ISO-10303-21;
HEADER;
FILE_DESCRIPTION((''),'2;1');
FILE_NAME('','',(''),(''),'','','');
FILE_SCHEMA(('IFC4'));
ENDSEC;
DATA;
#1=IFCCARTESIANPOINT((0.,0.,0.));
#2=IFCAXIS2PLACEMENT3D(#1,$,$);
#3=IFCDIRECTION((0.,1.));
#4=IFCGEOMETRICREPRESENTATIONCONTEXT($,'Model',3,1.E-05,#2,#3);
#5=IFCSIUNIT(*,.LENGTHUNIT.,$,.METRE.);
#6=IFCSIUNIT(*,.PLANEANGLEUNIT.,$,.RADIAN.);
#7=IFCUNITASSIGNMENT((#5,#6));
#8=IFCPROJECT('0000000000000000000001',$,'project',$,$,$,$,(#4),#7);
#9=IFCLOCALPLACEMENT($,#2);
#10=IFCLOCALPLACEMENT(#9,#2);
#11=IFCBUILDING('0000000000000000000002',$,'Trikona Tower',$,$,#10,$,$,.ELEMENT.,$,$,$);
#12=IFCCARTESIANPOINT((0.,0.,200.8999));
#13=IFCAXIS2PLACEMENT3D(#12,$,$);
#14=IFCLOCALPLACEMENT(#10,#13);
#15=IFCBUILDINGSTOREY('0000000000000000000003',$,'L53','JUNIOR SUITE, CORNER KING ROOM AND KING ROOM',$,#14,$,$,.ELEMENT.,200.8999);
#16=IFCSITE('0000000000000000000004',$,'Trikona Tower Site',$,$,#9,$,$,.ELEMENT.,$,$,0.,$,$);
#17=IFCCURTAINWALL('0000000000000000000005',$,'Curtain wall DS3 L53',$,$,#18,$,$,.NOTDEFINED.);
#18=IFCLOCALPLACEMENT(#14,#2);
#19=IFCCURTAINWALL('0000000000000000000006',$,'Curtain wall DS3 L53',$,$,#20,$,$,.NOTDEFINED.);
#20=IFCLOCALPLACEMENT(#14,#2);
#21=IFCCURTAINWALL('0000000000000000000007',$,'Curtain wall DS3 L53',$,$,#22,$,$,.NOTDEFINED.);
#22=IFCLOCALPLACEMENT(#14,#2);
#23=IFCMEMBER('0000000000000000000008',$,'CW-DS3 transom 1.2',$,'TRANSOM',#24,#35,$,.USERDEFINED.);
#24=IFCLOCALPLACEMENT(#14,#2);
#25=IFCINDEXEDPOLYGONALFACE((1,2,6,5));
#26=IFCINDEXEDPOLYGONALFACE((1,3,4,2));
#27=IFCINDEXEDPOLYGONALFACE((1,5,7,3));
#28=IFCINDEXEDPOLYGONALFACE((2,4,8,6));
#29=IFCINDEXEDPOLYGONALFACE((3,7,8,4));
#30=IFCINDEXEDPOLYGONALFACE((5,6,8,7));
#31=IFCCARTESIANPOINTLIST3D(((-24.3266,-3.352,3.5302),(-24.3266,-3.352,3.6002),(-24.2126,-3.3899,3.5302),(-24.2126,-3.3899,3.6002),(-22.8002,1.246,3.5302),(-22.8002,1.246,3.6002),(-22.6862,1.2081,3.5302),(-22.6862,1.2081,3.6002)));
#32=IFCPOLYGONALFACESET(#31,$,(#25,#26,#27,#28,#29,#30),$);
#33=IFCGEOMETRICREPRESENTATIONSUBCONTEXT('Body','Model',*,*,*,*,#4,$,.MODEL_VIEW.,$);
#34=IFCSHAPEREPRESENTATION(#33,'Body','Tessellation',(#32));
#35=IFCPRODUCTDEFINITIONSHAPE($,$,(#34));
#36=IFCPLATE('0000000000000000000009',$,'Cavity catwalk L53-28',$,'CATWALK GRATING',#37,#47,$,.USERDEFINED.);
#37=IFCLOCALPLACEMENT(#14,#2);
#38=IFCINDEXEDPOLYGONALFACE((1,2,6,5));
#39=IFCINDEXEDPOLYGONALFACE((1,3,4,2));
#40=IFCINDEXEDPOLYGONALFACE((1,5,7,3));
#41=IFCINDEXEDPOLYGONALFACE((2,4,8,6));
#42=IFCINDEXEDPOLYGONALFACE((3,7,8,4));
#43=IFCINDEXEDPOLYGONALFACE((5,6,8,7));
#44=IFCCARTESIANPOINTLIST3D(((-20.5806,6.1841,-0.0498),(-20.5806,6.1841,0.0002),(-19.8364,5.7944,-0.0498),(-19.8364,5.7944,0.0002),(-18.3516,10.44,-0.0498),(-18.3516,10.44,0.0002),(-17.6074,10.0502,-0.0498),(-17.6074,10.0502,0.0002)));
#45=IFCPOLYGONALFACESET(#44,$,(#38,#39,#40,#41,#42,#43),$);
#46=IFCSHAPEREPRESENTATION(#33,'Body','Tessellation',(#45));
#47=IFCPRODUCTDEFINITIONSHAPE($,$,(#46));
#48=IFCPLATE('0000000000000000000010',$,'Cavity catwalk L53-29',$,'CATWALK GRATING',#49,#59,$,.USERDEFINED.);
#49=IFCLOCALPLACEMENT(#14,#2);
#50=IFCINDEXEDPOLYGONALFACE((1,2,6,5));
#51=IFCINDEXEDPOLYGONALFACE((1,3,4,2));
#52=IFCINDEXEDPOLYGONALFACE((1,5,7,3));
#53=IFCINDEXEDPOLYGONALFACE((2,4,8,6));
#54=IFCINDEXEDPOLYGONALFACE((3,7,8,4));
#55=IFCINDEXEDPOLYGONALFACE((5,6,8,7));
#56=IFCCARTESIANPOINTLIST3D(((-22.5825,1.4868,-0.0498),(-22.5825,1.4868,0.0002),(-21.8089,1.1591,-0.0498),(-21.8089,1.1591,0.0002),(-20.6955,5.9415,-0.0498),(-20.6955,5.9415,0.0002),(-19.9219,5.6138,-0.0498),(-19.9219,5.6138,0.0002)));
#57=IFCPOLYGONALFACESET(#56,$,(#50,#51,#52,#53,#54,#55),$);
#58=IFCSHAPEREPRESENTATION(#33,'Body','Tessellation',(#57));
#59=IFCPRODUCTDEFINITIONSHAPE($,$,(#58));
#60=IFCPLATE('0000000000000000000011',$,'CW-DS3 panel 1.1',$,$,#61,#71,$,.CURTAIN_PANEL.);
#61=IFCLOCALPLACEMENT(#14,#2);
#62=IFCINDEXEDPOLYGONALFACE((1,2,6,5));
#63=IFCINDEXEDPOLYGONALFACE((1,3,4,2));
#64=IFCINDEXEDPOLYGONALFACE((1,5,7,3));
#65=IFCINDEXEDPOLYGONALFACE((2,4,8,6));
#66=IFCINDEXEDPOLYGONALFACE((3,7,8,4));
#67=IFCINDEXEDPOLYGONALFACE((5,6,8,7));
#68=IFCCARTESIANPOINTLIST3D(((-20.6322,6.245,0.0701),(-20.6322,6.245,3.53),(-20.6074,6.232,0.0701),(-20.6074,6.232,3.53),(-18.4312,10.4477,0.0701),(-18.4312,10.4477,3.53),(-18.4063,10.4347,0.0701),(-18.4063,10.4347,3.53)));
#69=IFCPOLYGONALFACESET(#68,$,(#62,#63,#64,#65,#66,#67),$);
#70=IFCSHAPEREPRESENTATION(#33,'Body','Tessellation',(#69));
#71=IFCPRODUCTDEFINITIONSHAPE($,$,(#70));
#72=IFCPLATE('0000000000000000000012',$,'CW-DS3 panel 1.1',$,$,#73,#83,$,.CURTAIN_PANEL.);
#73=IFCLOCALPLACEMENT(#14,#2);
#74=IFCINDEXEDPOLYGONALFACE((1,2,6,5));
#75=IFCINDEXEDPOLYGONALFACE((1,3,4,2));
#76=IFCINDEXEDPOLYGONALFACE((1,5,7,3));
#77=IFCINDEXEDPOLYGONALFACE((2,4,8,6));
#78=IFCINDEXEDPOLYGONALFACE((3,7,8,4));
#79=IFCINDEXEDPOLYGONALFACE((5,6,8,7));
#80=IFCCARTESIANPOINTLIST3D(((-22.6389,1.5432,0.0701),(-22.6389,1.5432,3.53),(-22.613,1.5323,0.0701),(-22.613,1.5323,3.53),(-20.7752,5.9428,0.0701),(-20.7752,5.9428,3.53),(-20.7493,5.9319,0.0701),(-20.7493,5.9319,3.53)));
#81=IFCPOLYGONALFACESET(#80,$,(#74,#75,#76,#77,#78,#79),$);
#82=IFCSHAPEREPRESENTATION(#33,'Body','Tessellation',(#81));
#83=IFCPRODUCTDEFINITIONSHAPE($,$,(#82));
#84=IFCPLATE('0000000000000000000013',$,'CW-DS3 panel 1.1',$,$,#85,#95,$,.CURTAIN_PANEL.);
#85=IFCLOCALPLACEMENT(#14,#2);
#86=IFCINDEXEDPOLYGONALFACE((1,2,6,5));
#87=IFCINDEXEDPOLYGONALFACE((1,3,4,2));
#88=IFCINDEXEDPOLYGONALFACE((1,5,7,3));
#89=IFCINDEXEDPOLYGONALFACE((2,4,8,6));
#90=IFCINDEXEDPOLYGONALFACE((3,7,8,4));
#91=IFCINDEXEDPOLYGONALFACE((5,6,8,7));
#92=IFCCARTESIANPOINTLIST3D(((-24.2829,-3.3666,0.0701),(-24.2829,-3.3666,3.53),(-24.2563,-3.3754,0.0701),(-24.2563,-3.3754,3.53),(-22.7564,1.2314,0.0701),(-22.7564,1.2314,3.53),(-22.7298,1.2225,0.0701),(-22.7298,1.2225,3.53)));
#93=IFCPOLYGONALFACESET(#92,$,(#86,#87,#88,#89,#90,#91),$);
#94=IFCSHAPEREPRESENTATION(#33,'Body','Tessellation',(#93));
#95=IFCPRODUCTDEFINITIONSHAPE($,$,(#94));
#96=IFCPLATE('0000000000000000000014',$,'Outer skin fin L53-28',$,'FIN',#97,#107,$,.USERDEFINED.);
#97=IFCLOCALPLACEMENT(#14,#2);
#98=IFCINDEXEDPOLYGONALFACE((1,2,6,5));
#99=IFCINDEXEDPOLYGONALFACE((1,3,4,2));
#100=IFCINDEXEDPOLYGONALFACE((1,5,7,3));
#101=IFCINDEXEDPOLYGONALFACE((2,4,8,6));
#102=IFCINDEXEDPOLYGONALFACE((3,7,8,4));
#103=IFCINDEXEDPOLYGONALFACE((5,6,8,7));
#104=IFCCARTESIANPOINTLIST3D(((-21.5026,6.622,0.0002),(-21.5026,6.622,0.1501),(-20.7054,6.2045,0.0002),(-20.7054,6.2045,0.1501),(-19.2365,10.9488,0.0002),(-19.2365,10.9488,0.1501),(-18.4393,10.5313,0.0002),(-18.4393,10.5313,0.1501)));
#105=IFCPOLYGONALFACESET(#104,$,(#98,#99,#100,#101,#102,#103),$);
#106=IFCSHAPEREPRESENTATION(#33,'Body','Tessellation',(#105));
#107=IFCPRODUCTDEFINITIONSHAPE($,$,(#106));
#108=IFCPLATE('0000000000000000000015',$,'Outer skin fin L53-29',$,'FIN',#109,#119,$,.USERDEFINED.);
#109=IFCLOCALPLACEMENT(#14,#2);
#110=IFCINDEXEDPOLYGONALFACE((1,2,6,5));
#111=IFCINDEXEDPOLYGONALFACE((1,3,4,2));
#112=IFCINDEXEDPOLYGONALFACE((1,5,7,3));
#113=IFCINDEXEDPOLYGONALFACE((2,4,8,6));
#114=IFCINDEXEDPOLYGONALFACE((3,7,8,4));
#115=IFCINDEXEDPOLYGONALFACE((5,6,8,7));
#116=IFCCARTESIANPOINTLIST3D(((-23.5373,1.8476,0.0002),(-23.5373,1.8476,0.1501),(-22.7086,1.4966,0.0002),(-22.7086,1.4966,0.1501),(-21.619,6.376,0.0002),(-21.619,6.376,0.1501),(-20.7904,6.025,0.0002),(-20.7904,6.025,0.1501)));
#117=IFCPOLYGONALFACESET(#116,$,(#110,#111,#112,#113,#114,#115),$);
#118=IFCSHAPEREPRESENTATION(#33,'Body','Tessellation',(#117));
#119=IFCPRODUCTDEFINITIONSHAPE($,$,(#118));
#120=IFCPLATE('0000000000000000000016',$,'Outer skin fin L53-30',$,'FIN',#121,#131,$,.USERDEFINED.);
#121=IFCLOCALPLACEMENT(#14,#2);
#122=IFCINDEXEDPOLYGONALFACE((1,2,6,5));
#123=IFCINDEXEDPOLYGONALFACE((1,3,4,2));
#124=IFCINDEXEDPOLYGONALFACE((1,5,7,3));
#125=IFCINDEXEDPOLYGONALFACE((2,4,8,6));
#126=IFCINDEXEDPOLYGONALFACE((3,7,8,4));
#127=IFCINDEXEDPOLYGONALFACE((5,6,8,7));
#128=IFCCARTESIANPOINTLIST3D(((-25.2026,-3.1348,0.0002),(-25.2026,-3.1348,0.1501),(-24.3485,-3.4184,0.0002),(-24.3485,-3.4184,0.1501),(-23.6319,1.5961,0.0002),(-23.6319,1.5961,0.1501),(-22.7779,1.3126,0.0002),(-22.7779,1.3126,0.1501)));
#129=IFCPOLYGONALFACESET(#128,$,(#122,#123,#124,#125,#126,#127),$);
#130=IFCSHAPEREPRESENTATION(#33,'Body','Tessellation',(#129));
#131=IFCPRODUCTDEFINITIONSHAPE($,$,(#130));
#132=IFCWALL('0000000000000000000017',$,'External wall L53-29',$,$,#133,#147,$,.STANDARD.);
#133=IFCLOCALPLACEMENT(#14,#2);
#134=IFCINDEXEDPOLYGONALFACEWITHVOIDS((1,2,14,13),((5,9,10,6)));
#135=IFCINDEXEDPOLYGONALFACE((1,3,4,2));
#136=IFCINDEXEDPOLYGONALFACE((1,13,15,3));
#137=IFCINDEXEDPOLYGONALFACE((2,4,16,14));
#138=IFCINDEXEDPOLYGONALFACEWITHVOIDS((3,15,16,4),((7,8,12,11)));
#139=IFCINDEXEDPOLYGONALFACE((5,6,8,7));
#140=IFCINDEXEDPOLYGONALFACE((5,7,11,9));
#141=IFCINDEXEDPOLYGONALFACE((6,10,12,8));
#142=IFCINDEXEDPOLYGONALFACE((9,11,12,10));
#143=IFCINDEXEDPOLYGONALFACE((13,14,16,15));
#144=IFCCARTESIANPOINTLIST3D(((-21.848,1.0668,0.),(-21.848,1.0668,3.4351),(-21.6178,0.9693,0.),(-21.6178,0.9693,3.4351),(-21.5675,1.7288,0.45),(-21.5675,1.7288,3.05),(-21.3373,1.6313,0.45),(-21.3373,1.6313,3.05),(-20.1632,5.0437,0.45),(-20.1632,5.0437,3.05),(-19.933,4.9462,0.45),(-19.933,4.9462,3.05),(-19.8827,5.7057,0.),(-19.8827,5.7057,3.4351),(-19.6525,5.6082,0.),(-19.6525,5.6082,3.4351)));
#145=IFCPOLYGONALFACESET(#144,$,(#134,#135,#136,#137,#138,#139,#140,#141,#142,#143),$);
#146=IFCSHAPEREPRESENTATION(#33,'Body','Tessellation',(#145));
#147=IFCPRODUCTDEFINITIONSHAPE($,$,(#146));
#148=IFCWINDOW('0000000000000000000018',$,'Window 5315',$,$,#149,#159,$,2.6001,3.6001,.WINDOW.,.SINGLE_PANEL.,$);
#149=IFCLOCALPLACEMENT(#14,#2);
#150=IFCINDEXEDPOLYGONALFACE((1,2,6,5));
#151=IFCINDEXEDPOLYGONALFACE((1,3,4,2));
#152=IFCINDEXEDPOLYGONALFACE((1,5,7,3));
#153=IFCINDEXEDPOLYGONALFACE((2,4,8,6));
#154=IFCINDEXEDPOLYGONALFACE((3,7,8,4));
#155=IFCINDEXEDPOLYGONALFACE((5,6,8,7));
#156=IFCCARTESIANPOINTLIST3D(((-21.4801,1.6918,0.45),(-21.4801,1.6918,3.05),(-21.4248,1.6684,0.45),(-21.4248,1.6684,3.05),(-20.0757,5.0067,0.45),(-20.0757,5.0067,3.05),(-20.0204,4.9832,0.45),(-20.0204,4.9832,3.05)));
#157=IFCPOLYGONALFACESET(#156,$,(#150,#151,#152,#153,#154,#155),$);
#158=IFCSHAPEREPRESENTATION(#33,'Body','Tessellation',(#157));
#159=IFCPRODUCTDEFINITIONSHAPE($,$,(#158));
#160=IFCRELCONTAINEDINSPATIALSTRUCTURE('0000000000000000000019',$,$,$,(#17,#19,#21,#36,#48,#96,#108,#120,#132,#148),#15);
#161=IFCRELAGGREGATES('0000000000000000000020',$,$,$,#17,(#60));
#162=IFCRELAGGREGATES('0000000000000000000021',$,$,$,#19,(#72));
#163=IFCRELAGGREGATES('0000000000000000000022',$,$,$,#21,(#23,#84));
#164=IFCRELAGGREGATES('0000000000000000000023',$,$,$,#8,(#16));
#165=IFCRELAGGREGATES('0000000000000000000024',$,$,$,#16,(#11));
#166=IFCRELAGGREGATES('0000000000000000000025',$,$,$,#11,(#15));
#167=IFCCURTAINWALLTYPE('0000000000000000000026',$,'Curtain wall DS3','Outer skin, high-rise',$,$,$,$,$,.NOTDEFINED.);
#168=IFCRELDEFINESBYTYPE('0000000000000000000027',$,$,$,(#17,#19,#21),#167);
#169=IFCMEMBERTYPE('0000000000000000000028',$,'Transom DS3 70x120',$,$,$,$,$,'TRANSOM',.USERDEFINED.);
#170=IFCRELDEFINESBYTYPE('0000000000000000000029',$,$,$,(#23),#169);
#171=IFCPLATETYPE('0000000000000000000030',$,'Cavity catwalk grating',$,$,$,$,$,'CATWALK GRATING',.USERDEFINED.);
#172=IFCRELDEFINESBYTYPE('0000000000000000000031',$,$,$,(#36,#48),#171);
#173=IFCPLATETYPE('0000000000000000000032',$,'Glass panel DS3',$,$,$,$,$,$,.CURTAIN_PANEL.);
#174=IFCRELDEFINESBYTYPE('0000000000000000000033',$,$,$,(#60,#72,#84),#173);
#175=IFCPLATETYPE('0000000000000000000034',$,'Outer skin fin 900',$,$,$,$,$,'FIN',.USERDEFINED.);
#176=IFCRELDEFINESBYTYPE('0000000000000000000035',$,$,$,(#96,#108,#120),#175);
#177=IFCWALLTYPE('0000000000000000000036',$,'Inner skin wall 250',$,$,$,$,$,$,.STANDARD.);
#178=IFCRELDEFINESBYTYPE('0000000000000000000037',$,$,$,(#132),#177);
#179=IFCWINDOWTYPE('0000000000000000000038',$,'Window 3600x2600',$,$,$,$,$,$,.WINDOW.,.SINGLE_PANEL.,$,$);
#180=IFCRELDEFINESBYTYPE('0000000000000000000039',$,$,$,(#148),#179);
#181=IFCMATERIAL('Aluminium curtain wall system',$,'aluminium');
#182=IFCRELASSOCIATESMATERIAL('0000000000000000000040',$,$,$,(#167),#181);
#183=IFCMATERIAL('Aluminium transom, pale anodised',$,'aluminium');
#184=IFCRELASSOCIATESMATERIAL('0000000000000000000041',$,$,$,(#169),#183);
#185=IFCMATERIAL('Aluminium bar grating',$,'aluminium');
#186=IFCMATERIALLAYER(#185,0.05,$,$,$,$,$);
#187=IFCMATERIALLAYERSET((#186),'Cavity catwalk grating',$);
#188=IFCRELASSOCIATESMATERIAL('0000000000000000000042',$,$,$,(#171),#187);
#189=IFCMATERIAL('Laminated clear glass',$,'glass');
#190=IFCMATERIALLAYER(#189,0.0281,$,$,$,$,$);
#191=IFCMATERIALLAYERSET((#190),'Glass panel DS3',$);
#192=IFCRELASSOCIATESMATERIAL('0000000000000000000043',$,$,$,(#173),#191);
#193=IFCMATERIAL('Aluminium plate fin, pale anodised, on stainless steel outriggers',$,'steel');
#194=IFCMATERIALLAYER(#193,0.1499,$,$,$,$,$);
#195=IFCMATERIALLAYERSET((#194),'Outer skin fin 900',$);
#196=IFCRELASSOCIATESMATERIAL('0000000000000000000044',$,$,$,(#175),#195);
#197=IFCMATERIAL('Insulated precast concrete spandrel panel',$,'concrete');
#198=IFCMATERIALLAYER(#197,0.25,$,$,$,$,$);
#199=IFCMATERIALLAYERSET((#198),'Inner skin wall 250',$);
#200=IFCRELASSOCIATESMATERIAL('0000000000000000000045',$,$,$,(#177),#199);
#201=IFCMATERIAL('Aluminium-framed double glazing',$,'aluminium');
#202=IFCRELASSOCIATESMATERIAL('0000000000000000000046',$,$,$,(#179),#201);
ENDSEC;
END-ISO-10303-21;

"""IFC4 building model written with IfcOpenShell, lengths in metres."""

from ifc_helpers import new_model, si_unit, direction, frame, frame_2d, origin, origin_2d, place, context, subcontext, project, spatial, rectangle, extrude, material, layer, layer_set, material_profile, profile_set, type_object, element, fill, aggregate, save


model = new_model("IFC4")

# Units and contexts
model_context = context("Model", 3, precision=1e-05, world=origin(), true_north=direction((0.0, 1.0)))
body_context = subcontext(model_context, "Body", "Model", "MODEL_VIEW")
ifc_project = project(units=[si_unit("LENGTHUNIT", "METRE"), si_unit("PLANEANGLEUNIT", "RADIAN")], contexts=[model_context])

# Site, building, storey
site_placement = place(None, origin())
site = spatial("IfcSite", under=ifc_project, at=site_placement, Name="Trikona Tower Site", CompositionType="ELEMENT", RefElevation=0.0)
building_placement = place(site_placement, origin())
building = spatial("IfcBuilding", under=site, at=building_placement, Name="Trikona Tower", CompositionType="ELEMENT")
storey_placement = place(building_placement, frame((0.0, 0.0, 200.8999)))
storey = spatial("IfcBuildingStorey", under=building, at=storey_placement, Name="L53", Description="JUNIOR SUITE, CORNER KING ROOM AND KING ROOM", CompositionType="ELEMENT", Elevation=200.8999)

# Curtain walls
ifc_material_1 = material(Name="Aluminium curtain wall system", Category="aluminium")
curtain_wall_type = type_object("IfcCurtainWallType", Name="Curtain wall DS3", Description="Outer skin, high-rise", PredefinedType="NOTDEFINED", material=ifc_material_1)
curtain_wall_1_placement = place(storey_placement, origin())
curtain_wall_1 = element("IfcCurtainWall", 1, at=curtain_wall_1_placement, inside=storey, type_object=curtain_wall_type, Name="Curtain wall DS3 L53", PredefinedType="NOTDEFINED")
curtain_wall_2_placement = place(storey_placement, origin())
curtain_wall_2 = element("IfcCurtainWall", 2, at=curtain_wall_2_placement, inside=storey, type_object=curtain_wall_type, Name="Curtain wall DS3 L53", PredefinedType="NOTDEFINED")

# Curtain wall
curtain_wall_3_placement = place(storey_placement, origin())
curtain_wall_3 = element("IfcCurtainWall", 3, at=curtain_wall_3_placement, inside=storey, type_object=curtain_wall_type, Name="Curtain wall DS3 L53", PredefinedType="NOTDEFINED")

# Member
ifc_material_2 = material(Name="Aluminium transom, pale anodised", Category="aluminium")
ifc_material_profile_1 = material_profile(ifc_material_2, rectangle(XDim=0.1201, YDim=0.0701, at=origin_2d()), Name="TRN-DS3")
ifc_profile_set_1 = profile_set([ifc_material_profile_1], Name="Aluminium transom, pale anodised")
member_type_1 = type_object("IfcMemberType", Name="Transom DS3 70x120", ElementType="TRANSOM", PredefinedType="USERDEFINED", material=ifc_profile_set_1)
member_1_placement = place(storey_placement, frame((-22.7432, 1.2271, 3.5652), z_axis=(-0.315063, -0.949071, 0.0), x_axis=(0.949071, -0.315063, 0.0)))
member_1 = element("IfcMember", 4, at=member_1_placement, type_object=member_type_1, Name="CW-DS3 transom 1.2", ObjectType="TRANSOM", PredefinedType="USERDEFINED", context=body_context, shape_type="SweptSolid", body=[
    extrude(rectangle(XDim=0.1201, YDim=0.0701, at=origin_2d()), origin(), (0.0, 0.0, 1.0), 4.8447),
])

# Plates
ifc_material_3 = material(Name="Aluminium bar grating", Category="aluminium")
ifc_layer_1 = layer(ifc_material_3, 0.05)
ifc_layer_set_1 = layer_set([ifc_layer_1], Name="Cavity catwalk grating")
plate_type_1 = type_object("IfcPlateType", Name="Cavity catwalk grating", ElementType="CATWALK GRATING", PredefinedType="USERDEFINED", material=ifc_layer_set_1)
plate_1_placement = place(storey_placement, frame((-19.094, 8.1172, -0.0498), z_axis=(0.0, 0.0, 1.0), x_axis=(-0.463952, -0.88586, 0.0)))
element("IfcPlate", 5, at=plate_1_placement, inside=storey, type_object=plate_type_1, Name="Cavity catwalk L53-28", ObjectType="CATWALK GRATING", PredefinedType="USERDEFINED", context=body_context, shape_type="SweptSolid", body=[
    extrude(rectangle(XDim=4.8042, YDim=0.8401, at=origin_2d()), origin(), (0.0, 0.0, 1.0), 0.05),
])
plate_2_placement = place(storey_placement, frame((-21.2522, 3.5503, -0.0498), z_axis=(0.0, 0.0, 1.0), x_axis=(-0.390051, -0.920793, 0.0)))
element("IfcPlate", 6, at=plate_2_placement, inside=storey, type_object=plate_type_1, Name="Cavity catwalk L53-29", ObjectType="CATWALK GRATING", PredefinedType="USERDEFINED", context=body_context, shape_type="SweptSolid", body=[
    extrude(rectangle(XDim=4.8379, YDim=0.8401, at=origin_2d()), origin(), (0.0, 0.0, 1.0), 0.05),
])

# Plates
ifc_material_4 = material(Name="Laminated clear glass", Category="glass")
ifc_layer_2 = layer(ifc_material_4, 0.0281)
ifc_layer_set_2 = layer_set([ifc_layer_2], Name="Glass panel DS3")
plate_type_2 = type_object("IfcPlateType", Name="Glass panel DS3", PredefinedType="CURTAIN_PANEL", material=ifc_layer_set_2)
plate_3_placement = place(storey_placement, frame((-19.5193, 8.3398, 0.0701), z_axis=(0.0, 0.0, 1.0), x_axis=(-0.463948, -0.885862, 0.0)))
plate_3 = element("IfcPlate", 7, at=plate_3_placement, type_object=plate_type_2, Name="CW-DS3 panel 1.1", PredefinedType="CURTAIN_PANEL", context=body_context, shape_type="SweptSolid", body=[
    extrude(rectangle(XDim=4.7441, YDim=0.0281, at=origin_2d()), origin(), (0.0, 0.0, 1.0), 3.46),
])
aggregate(curtain_wall_1, [plate_3])
plate_4_placement = place(storey_placement, frame((-21.6941, 3.7375, 0.0701), z_axis=(0.0, 0.0, 1.0), x_axis=(-0.390053, -0.920792, 0.0)))
plate_4 = element("IfcPlate", 8, at=plate_4_placement, type_object=plate_type_2, Name="CW-DS3 panel 1.1", PredefinedType="CURTAIN_PANEL", context=body_context, shape_type="SweptSolid", body=[
    extrude(rectangle(XDim=4.7781, YDim=0.0281, at=origin_2d()), origin(), (0.0, 0.0, 1.0), 3.46),
])
aggregate(curtain_wall_2, [plate_4])
plate_5_placement = place(storey_placement, frame((-23.5063, -1.072, 0.0701), z_axis=(0.0, 0.0, 1.0), x_axis=(-0.315078, -0.949066, 0.0)))
plate_5 = element("IfcPlate", 9, at=plate_5_placement, type_object=plate_type_2, Name="CW-DS3 panel 1.1", PredefinedType="CURTAIN_PANEL", context=body_context, shape_type="SweptSolid", body=[
    extrude(rectangle(XDim=4.8447, YDim=0.0281, at=origin_2d()), origin(), (0.0, 0.0, 1.0), 3.46),
])
aggregate(curtain_wall_3, [member_1, plate_5])

# Plates
ifc_material_5 = material(Name="Aluminium plate fin, pale anodised, on stainless steel outriggers", Category="steel")
ifc_layer_3 = layer(ifc_material_5, 0.1499)
ifc_layer_set_3 = layer_set([ifc_layer_3], Name="Outer skin fin 900")
plate_type_3 = type_object("IfcPlateType", Name="Outer skin fin 900", ElementType="FIN", PredefinedType="USERDEFINED", material=ifc_layer_set_3)
plate_6_placement = place(storey_placement, frame((-19.9709, 8.5767, 0.0002), z_axis=(0.0, 0.0, 1.0), x_axis=(-0.463952, -0.88586, 0.0)))
element("IfcPlate", 10, at=plate_6_placement, inside=storey, type_object=plate_type_3, Name="Outer skin fin L53-28", ObjectType="FIN", PredefinedType="USERDEFINED", context=body_context, shape_type="SweptSolid", body=[
    extrude(rectangle(XDim=4.8843, YDim=0.8999, at=origin_2d()), origin(), (0.0, 0.0, 1.0), 0.1499),
])
plate_7_placement = place(storey_placement, frame((-22.1638, 3.9363, 0.0002), z_axis=(0.0, 0.0, 1.0), x_axis=(-0.390051, -0.920793, 0.0)))
element("IfcPlate", 11, at=plate_7_placement, inside=storey, type_object=plate_type_3, Name="Outer skin fin L53-29", ObjectType="FIN", PredefinedType="USERDEFINED", context=body_context, shape_type="SweptSolid", body=[
    extrude(rectangle(XDim=4.918, YDim=0.8999, at=origin_2d()), origin(), (0.0, 0.0, 1.0), 0.1499),
])
plate_8_placement = place(storey_placement, frame((-23.9902, -0.9111, 0.0002), z_axis=(0.0, 0.0, 1.0), x_axis=(-0.315093, -0.949061, 0.0)))
element("IfcPlate", 12, at=plate_8_placement, inside=storey, type_object=plate_type_3, Name="Outer skin fin L53-30", ObjectType="FIN", PredefinedType="USERDEFINED", context=body_context, shape_type="SweptSolid", body=[
    extrude(rectangle(XDim=4.9849, YDim=0.8999, at=origin_2d()), origin(), (0.0, 0.0, 1.0), 0.1499),
])

# Wall, opening, window
ifc_material_6 = material(Name="Insulated precast concrete spandrel panel", Category="concrete")
ifc_layer_4 = layer(ifc_material_6, 0.25)
ifc_layer_set_4 = layer_set([ifc_layer_4], Name="Inner skin wall 250")
wall_type = type_object("IfcWallType", Name="Inner skin wall 250", PredefinedType="STANDARD", material=ifc_layer_set_4)
wall_1_placement = place(storey_placement, frame((-19.7676, 5.657, 0.0), z_axis=(0.0, 0.0, 1.0), x_axis=(-0.390097, -0.920774, 0.0)))
wall_1 = element("IfcWall", 13, at=wall_1_placement, inside=storey, type_object=wall_type, Name="External wall L53-29", PredefinedType="STANDARD", context=body_context, shape_type="SweptSolid", body=[
    extrude(rectangle(XDim=5.0381, YDim=0.25, at=frame_2d((2.519, 0.0))), origin(), (0.0, 0.0, 1.0), 3.4351),
])
opening_1_placement = place(wall_1_placement, frame((0.719, 0.0, 0.45)))
opening_1 = element("IfcOpeningElement", 14, at=opening_1_placement, cuts=wall_1, PredefinedType="OPENING", context=body_context, shape_type="SweptSolid", body=[
    extrude(rectangle(XDim=3.6001, YDim=2.6001, at=frame_2d((1.8, 1.3))), frame((0.0, 0.135, 0.0), z_axis=(0.0, -1.0, 0.0), x_axis=(1.0, 0.0, 0.0)), (0.0, 0.0, 1.0), 0.27),
])
ifc_material_7 = material(Name="Aluminium-framed double glazing", Category="aluminium")
window_type = type_object("IfcWindowType", Name="Window 3600x2600", PartitioningType="SINGLE_PANEL", PredefinedType="WINDOW", material=ifc_material_7)
window_1_placement = place(opening_1_placement, origin())
window_1 = element("IfcWindow", 15, at=window_1_placement, inside=storey, type_object=window_type, Name="Window 5315", OverallHeight=2.6001, OverallWidth=3.6001, PartitioningType="SINGLE_PANEL", PredefinedType="WINDOW", context=body_context, shape_type="SweptSolid", body=[
    extrude(rectangle(XDim=3.6001, YDim=2.6001, at=frame_2d((1.8, 1.3))), frame((0.0, 0.03, 0.0), z_axis=(0.0, -1.0, 0.0), x_axis=(1.0, 0.0, 0.0)), (0.0, 0.0, 1.0), 0.0601),
])
fill(opening_1, window_1)

save(model, "model.ifc")
